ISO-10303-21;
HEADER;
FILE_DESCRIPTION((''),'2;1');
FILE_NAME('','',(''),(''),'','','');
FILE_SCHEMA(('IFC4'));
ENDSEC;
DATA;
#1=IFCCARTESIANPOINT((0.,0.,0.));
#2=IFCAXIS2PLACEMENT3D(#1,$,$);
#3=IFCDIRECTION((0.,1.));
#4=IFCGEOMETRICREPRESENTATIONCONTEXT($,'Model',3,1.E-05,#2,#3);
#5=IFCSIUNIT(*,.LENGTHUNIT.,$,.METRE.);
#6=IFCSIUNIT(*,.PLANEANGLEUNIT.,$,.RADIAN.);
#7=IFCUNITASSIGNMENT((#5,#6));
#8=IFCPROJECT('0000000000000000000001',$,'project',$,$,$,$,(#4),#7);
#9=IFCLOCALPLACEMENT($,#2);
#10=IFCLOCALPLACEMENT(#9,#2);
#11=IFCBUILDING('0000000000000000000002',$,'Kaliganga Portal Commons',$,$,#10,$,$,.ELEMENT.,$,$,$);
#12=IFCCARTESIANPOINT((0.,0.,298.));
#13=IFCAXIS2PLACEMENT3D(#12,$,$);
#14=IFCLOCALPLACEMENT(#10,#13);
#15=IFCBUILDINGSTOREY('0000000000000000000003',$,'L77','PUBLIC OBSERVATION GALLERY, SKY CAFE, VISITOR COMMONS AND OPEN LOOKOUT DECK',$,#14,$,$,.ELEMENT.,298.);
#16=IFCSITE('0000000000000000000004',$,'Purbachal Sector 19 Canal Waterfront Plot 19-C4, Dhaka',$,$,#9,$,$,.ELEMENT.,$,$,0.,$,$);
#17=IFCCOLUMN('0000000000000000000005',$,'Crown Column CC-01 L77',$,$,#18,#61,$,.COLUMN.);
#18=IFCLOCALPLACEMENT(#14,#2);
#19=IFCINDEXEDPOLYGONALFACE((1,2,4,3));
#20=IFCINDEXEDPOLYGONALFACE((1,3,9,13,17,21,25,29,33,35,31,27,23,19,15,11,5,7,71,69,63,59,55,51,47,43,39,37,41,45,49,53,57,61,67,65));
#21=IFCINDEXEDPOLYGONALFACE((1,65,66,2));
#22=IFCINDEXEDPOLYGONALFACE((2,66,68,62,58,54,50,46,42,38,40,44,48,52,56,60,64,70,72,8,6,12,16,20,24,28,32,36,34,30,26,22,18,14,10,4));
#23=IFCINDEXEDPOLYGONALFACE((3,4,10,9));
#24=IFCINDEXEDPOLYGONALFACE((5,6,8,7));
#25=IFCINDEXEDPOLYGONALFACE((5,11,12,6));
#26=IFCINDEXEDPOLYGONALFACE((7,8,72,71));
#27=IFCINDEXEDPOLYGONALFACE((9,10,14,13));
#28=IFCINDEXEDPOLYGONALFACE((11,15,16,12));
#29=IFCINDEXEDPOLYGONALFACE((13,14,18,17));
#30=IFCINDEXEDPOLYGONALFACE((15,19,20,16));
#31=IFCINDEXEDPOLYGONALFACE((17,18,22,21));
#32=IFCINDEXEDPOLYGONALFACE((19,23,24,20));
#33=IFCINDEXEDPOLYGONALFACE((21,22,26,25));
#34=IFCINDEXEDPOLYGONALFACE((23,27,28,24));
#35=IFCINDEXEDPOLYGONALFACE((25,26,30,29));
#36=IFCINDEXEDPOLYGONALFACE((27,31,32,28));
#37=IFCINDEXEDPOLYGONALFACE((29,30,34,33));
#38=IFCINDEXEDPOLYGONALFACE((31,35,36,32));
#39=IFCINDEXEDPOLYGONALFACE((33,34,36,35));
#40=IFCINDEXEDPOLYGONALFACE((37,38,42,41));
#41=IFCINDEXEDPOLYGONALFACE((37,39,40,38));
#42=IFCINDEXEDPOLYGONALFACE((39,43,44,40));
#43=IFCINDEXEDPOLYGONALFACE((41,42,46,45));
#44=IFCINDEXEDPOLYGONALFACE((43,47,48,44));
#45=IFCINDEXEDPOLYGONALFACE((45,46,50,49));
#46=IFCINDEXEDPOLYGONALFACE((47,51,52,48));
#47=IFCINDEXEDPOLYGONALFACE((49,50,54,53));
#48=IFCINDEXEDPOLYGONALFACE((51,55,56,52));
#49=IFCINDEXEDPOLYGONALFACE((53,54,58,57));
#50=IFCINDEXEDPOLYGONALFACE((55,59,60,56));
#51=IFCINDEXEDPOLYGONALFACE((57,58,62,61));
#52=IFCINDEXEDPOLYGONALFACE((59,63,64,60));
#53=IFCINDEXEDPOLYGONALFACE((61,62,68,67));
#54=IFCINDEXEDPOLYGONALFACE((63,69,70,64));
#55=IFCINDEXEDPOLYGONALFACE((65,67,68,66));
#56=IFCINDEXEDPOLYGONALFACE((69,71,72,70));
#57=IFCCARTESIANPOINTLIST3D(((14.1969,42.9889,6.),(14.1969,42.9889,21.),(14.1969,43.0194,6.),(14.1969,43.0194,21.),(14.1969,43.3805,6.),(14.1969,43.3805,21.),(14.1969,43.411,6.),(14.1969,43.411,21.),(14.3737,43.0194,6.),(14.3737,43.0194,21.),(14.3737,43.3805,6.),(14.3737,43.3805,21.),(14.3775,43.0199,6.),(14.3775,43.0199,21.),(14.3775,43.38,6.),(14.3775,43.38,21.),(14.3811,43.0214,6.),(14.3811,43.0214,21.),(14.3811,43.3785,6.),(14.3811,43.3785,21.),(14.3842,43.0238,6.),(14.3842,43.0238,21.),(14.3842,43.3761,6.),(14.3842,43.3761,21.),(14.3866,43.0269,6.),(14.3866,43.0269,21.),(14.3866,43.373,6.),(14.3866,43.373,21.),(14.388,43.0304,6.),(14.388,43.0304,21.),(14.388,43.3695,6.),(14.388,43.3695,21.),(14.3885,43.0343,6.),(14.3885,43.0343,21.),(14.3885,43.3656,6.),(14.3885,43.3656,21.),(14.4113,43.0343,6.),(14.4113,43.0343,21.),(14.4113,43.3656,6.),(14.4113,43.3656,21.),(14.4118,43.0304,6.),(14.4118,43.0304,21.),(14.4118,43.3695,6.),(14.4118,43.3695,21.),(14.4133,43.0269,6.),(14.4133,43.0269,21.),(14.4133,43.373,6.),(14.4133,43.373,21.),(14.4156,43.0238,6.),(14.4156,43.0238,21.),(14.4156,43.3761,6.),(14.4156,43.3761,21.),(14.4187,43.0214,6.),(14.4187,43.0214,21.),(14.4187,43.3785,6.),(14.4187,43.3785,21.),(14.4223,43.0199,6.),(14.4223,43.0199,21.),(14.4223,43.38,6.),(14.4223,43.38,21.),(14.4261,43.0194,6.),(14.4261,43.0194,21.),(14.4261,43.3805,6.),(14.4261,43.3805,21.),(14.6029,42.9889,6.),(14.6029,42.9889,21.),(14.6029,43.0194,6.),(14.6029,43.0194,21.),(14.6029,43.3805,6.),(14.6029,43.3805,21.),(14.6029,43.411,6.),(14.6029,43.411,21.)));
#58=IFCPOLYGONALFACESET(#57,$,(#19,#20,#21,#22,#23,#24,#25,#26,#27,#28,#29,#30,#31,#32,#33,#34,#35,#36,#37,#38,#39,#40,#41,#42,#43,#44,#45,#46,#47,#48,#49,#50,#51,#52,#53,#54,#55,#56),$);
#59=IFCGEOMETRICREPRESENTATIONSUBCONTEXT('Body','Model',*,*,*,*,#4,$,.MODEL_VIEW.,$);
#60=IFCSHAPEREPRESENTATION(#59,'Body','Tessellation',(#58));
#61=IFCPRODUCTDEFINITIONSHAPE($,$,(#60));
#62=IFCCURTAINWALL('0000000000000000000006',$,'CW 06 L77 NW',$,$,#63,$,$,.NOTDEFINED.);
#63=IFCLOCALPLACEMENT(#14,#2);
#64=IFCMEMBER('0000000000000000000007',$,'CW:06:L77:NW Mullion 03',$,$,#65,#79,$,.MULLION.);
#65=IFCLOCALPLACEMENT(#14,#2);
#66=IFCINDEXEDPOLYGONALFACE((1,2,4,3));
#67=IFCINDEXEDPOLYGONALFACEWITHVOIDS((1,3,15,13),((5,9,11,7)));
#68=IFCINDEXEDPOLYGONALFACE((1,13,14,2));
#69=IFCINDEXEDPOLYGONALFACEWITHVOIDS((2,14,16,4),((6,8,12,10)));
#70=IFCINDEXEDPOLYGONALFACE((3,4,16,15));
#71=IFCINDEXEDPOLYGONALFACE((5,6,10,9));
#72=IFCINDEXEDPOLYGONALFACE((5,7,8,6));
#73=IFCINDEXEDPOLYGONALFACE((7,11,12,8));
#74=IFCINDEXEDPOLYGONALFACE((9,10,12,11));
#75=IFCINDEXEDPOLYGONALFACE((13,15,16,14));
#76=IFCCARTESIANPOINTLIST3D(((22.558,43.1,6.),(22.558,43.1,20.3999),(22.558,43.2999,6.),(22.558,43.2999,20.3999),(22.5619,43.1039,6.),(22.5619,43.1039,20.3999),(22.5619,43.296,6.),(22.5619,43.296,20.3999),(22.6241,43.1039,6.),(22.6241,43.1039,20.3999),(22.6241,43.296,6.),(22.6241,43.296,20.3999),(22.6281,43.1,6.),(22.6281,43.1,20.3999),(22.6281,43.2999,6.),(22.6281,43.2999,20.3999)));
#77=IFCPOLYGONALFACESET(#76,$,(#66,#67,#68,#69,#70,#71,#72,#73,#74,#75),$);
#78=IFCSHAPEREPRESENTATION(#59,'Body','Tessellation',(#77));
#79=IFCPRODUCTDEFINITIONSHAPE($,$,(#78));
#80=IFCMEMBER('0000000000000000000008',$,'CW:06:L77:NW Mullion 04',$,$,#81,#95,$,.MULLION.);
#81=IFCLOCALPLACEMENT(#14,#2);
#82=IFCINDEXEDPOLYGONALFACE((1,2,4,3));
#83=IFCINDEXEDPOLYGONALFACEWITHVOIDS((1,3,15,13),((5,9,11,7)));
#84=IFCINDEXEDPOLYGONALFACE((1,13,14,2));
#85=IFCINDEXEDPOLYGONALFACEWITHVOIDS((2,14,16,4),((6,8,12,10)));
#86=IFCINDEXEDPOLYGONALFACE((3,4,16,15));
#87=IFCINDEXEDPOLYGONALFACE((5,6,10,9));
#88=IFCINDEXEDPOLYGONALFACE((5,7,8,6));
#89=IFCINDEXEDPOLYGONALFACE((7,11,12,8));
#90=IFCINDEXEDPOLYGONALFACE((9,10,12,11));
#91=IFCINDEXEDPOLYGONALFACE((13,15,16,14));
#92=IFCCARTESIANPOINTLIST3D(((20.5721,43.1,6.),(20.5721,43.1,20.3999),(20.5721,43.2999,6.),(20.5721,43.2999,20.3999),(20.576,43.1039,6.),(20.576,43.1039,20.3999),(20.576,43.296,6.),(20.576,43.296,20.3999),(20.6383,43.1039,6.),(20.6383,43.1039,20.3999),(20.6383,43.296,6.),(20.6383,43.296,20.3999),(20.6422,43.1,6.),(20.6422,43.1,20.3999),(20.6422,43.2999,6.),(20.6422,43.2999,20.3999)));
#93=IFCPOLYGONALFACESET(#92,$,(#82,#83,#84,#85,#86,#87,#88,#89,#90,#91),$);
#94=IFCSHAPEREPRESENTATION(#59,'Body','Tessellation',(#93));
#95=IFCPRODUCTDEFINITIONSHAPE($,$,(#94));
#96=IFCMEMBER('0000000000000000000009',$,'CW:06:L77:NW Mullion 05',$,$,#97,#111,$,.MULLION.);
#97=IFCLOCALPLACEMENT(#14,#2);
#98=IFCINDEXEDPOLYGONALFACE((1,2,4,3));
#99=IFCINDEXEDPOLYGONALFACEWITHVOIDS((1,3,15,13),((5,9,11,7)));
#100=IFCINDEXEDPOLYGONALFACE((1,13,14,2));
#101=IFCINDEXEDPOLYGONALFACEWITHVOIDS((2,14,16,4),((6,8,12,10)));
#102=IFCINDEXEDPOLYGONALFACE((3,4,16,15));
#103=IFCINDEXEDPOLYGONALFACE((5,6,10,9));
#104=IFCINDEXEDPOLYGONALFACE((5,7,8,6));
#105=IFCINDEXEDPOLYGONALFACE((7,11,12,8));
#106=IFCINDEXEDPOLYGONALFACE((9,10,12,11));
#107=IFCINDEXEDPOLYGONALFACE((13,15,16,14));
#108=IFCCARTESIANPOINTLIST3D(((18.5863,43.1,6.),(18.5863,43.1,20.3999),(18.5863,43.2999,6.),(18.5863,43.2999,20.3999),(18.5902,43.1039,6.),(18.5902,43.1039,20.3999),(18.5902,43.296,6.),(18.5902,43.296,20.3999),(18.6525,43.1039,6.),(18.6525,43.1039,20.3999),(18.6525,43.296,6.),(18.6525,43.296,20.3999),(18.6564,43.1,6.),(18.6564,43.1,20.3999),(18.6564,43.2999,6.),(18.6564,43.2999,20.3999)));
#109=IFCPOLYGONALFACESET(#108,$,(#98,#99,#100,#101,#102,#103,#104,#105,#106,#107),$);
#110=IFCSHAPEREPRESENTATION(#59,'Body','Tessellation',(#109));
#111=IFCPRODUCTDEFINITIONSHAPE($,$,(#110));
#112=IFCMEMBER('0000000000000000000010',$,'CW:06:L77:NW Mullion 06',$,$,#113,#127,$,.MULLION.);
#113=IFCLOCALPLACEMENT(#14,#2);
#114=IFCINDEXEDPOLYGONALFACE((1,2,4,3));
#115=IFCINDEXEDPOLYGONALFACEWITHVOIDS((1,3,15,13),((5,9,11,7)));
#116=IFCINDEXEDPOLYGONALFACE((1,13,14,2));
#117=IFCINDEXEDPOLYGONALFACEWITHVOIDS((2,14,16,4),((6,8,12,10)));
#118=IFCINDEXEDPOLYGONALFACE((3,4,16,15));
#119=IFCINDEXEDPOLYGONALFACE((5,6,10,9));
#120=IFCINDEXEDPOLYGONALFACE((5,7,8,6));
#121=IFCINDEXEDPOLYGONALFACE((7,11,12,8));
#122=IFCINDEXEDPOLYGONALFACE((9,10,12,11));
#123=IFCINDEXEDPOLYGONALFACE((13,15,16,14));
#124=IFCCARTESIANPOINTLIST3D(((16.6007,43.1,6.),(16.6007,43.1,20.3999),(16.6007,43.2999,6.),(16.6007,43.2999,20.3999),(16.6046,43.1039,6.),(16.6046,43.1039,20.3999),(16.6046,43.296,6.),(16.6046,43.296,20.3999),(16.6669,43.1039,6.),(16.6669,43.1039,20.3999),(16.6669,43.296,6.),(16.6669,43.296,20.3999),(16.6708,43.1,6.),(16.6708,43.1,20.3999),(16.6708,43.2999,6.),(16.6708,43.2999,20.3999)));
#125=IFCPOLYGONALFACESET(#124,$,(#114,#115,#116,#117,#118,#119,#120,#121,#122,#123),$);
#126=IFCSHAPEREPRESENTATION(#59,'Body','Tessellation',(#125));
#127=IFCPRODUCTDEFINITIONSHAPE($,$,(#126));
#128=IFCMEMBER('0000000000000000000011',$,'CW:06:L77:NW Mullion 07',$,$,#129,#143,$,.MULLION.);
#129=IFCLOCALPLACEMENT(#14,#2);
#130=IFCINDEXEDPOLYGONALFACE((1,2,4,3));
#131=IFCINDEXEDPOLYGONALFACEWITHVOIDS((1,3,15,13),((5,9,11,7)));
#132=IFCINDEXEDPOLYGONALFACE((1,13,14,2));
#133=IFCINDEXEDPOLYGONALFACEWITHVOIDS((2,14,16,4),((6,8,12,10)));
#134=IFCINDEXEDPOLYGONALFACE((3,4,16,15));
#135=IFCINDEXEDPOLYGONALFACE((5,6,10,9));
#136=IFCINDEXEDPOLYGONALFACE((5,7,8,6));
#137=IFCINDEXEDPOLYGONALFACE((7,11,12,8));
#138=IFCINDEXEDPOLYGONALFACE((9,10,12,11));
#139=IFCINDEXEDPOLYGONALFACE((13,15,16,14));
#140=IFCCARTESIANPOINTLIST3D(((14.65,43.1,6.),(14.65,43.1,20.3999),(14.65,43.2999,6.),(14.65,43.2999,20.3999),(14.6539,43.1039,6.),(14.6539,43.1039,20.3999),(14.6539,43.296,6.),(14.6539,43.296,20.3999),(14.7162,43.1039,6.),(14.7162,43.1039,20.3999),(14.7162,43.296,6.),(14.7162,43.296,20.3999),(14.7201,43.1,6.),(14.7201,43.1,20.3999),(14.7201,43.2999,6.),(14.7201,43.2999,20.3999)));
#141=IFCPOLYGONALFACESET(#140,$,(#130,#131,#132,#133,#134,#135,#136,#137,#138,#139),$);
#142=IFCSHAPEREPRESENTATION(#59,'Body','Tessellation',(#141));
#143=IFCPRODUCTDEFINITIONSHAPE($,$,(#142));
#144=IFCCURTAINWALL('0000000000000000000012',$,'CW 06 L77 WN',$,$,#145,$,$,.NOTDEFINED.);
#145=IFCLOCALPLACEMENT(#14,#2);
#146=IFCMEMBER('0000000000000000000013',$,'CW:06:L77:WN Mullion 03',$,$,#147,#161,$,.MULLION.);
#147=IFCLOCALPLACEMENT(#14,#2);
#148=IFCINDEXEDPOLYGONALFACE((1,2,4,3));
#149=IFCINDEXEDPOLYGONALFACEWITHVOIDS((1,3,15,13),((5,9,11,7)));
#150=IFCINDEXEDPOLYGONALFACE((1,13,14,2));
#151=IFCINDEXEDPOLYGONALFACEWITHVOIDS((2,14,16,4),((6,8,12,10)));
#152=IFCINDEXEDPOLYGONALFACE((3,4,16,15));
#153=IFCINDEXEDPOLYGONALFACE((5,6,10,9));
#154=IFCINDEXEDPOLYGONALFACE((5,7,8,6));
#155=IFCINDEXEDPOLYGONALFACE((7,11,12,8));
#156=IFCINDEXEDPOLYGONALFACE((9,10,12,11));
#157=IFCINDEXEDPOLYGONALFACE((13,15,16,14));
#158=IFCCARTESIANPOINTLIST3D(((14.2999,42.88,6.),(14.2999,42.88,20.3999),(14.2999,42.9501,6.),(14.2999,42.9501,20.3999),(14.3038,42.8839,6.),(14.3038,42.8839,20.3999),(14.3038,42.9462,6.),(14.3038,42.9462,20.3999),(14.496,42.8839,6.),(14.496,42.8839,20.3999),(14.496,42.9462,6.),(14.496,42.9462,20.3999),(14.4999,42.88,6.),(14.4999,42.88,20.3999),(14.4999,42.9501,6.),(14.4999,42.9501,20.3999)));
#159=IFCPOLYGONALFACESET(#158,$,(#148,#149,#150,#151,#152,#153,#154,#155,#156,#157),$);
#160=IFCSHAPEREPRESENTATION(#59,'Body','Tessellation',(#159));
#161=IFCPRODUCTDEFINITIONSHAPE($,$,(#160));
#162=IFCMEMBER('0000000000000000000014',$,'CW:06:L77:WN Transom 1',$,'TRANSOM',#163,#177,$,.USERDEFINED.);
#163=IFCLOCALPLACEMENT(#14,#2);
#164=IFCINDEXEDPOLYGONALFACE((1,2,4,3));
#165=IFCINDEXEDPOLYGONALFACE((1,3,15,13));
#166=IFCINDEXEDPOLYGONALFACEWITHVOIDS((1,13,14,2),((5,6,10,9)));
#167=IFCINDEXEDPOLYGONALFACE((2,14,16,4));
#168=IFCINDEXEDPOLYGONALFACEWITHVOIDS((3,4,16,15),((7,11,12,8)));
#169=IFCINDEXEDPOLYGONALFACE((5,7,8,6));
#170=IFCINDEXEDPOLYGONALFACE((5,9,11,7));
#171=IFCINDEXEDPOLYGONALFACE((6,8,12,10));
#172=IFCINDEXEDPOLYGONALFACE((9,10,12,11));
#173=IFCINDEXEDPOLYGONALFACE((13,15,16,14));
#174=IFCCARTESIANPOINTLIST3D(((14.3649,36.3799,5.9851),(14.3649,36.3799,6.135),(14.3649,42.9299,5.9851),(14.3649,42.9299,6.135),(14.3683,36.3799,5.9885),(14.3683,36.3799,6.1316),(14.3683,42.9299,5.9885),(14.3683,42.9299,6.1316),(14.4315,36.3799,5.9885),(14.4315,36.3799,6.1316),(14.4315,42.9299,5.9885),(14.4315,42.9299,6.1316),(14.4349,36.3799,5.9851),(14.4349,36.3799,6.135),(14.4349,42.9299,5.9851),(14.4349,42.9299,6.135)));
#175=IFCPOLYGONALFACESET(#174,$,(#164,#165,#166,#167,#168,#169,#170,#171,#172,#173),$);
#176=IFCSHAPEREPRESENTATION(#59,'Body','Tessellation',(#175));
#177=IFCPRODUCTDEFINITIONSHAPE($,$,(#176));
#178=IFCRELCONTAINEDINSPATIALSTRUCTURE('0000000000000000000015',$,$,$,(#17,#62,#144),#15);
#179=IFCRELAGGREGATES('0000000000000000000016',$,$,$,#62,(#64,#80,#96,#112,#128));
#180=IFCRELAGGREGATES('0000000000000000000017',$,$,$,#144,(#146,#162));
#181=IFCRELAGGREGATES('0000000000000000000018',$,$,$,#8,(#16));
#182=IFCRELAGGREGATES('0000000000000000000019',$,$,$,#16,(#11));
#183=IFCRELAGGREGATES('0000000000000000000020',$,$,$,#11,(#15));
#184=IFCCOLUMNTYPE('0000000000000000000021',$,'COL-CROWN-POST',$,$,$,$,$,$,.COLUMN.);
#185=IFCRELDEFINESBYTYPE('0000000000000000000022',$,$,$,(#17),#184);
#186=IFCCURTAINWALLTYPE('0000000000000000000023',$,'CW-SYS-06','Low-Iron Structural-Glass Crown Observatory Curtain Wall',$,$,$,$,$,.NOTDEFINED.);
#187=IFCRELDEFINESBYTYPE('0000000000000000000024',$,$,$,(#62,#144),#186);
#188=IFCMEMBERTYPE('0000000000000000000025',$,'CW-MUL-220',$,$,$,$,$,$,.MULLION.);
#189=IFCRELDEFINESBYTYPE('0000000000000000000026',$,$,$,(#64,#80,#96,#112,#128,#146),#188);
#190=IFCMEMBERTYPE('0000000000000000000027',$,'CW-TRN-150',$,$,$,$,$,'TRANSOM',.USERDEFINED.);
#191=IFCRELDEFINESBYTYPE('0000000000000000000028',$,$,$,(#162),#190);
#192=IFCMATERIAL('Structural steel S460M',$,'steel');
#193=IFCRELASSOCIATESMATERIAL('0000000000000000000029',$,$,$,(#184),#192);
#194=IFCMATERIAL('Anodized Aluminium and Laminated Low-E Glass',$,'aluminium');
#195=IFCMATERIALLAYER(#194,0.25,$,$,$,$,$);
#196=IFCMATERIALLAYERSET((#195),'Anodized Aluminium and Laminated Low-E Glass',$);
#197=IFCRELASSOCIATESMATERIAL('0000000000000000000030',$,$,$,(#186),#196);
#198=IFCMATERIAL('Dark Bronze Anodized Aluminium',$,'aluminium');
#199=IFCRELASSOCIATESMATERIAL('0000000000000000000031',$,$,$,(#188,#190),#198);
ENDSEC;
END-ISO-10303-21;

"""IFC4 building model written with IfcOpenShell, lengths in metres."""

from ifc_helpers import new_model, si_unit, direction, frame, origin, origin_2d, place, context, subcontext, project, spatial, hollow_rectangle, i_section, extrude, source, transform, mapped, material, layer, layer_set, material_profile, profile_set, type_object, element, aggregate, save


model = new_model("IFC4")

# Units and contexts
model_context = context("Model", 3, precision=1e-05, world=origin(), true_north=direction((0.0, 1.0)))
body_context = subcontext(model_context, "Body", "Model", "MODEL_VIEW")
ifc_project = project(units=[si_unit("LENGTHUNIT", "METRE"), si_unit("PLANEANGLEUNIT", "RADIAN")], contexts=[model_context])

# Site, building, storey
site_placement = place(None, origin())
site = spatial("IfcSite", under=ifc_project, at=site_placement, Name="Purbachal Sector 19 Canal Waterfront Plot 19-C4, Dhaka", CompositionType="ELEMENT", RefElevation=0.0)
building_placement = place(site_placement, origin())
building = spatial("IfcBuilding", under=site, at=building_placement, Name="Kaliganga Portal Commons", CompositionType="ELEMENT")
storey_placement = place(building_placement, frame((0.0, 0.0, 298.0)))
storey = spatial("IfcBuildingStorey", under=building, at=storey_placement, Name="L77", Description="PUBLIC OBSERVATION GALLERY, SKY CAFE, VISITOR COMMONS AND OPEN LOOKOUT DECK", CompositionType="ELEMENT", Elevation=298.0)

# Column
ifc_material_1 = material(Name="Structural steel S460M", Category="steel")
ifc_material_profile_1 = material_profile(ifc_material_1, i_section(OverallWidth=0.406, OverallDepth=0.4221, WebThickness=0.0227, FlangeThickness=0.0305, FilletRadius=0.0149, at=origin_2d()), Name="HD 400x382")
ifc_profile_set_1 = profile_set([ifc_material_profile_1], Name="Structural steel S460M wide-flange")
column_type = type_object("IfcColumnType", Name="COL-CROWN-POST", PredefinedType="COLUMN", material=ifc_profile_set_1)
shared_shape_1 = source(origin(), body_context, "Body", "SweptSolid", [
    extrude(i_section(OverallWidth=0.406, OverallDepth=0.4221, WebThickness=0.0227, FlangeThickness=0.0305, FilletRadius=0.0149, at=origin_2d()), origin(), (0.0, 0.0, 1.0), 15.0),
])
column_placement = place(storey_placement, frame((14.3999, 43.2, 6.0), z_axis=(0.0, 0.0, 1.0), x_axis=(1.0, 0.0, 0.0)))
element("IfcColumn", 1, at=column_placement, inside=storey, type_object=column_type, Name="Crown Column CC-01 L77", PredefinedType="COLUMN", context=body_context, shape_type="MappedRepresentation", body=[
    mapped(shared_shape_1, transform((0.0, 0.0, 0.0), x_axis=(1.0, 0.0, 0.0), y_axis=(0.0, 1.0, 0.0), z_axis=(0.0, 0.0, 1.0), scale=1.0)),
])

# Curtain walls, members
ifc_material_2 = material(Name="Anodized Aluminium and Laminated Low-E Glass", Category="aluminium")
ifc_layer_1 = layer(ifc_material_2, 0.25)
ifc_layer_set_1 = layer_set([ifc_layer_1], Name="Anodized Aluminium and Laminated Low-E Glass")
curtain_wall_type = type_object("IfcCurtainWallType", Name="CW-SYS-06", Description="Low-Iron Structural-Glass Crown Observatory Curtain Wall", PredefinedType="NOTDEFINED", material=ifc_layer_set_1)
curtain_wall_1_placement = place(storey_placement, origin())
curtain_wall_1 = element("IfcCurtainWall", 2, at=curtain_wall_1_placement, inside=storey, type_object=curtain_wall_type, Name="CW 06 L77 NW", PredefinedType="NOTDEFINED")
ifc_material_3 = material(Name="Dark Bronze Anodized Aluminium", Category="aluminium")
ifc_material_profile_2 = material_profile(ifc_material_3, hollow_rectangle(XDim=0.0701, YDim=0.2, WallThickness=0.0039, at=origin_2d()), Name="ALU MULL 70x200x4")
ifc_profile_set_2 = profile_set([ifc_material_profile_2], Name="Dark Bronze Anodized Aluminium")
member_type_1 = type_object("IfcMemberType", Name="CW-MUL-220", PredefinedType="MULLION", material=ifc_profile_set_2)
shared_shape_2 = source(origin(), body_context, "Body", "SweptSolid", [
    extrude(hollow_rectangle(XDim=0.0701, YDim=0.2, WallThickness=0.0039, at=origin_2d()), origin(), (0.0, 0.0, 1.0), 14.3999),
])
member_1_placement = place(storey_placement, frame((22.593, 43.2, 6.0), z_axis=(0.0, 0.0, 1.0), x_axis=(-1.0, 0.0, 0.0)))
member_1 = element("IfcMember", 3, at=member_1_placement, type_object=member_type_1, Name="CW:06:L77:NW Mullion 03", PredefinedType="MULLION", context=body_context, shape_type="MappedRepresentation", body=[
    mapped(shared_shape_2, transform((0.0, 0.0, 0.0), x_axis=(1.0, 0.0, 0.0), y_axis=(0.0, 1.0, 0.0), z_axis=(0.0, 0.0, 1.0), scale=1.0)),
])
member_2_placement = place(storey_placement, frame((20.6072, 43.2, 6.0), z_axis=(0.0, 0.0, 1.0), x_axis=(-1.0, 0.0, 0.0)))
member_2 = element("IfcMember", 4, at=member_2_placement, type_object=member_type_1, Name="CW:06:L77:NW Mullion 04", PredefinedType="MULLION", context=body_context, shape_type="MappedRepresentation", body=[
    mapped(shared_shape_2, transform((0.0, 0.0, 0.0), x_axis=(1.0, 0.0, 0.0), y_axis=(0.0, 1.0, 0.0), z_axis=(0.0, 0.0, 1.0), scale=1.0)),
])
member_3_placement = place(storey_placement, frame((18.6213, 43.2, 6.0), z_axis=(0.0, 0.0, 1.0), x_axis=(-1.0, 0.0, 0.0)))
member_3 = element("IfcMember", 5, at=member_3_placement, type_object=member_type_1, Name="CW:06:L77:NW Mullion 05", PredefinedType="MULLION", context=body_context, shape_type="MappedRepresentation", body=[
    mapped(shared_shape_2, transform((0.0, 0.0, 0.0), x_axis=(1.0, 0.0, 0.0), y_axis=(0.0, 1.0, 0.0), z_axis=(0.0, 0.0, 1.0), scale=1.0)),
])
member_4_placement = place(storey_placement, frame((16.6357, 43.2, 6.0), z_axis=(0.0, 0.0, 1.0), x_axis=(-1.0, 0.0, 0.0)))
member_4 = element("IfcMember", 6, at=member_4_placement, type_object=member_type_1, Name="CW:06:L77:NW Mullion 06", PredefinedType="MULLION", context=body_context, shape_type="MappedRepresentation", body=[
    mapped(shared_shape_2, transform((0.0, 0.0, 0.0), x_axis=(1.0, 0.0, 0.0), y_axis=(0.0, 1.0, 0.0), z_axis=(0.0, 0.0, 1.0), scale=1.0)),
])
member_5_placement = place(storey_placement, frame((14.6851, 43.2, 6.0), z_axis=(0.0, 0.0, 1.0), x_axis=(-1.0, 0.0, 0.0)))
member_5 = element("IfcMember", 7, at=member_5_placement, type_object=member_type_1, Name="CW:06:L77:NW Mullion 07", PredefinedType="MULLION", context=body_context, shape_type="MappedRepresentation", body=[
    mapped(shared_shape_2, transform((0.0, 0.0, 0.0), x_axis=(1.0, 0.0, 0.0), y_axis=(0.0, 1.0, 0.0), z_axis=(0.0, 0.0, 1.0), scale=1.0)),
])
curtain_wall_2_placement = place(storey_placement, origin())
curtain_wall_2 = element("IfcCurtainWall", 8, at=curtain_wall_2_placement, inside=storey, type_object=curtain_wall_type, Name="CW 06 L77 WN", PredefinedType="NOTDEFINED")
member_6_placement = place(storey_placement, frame((14.3999, 42.915, 6.0), z_axis=(0.0, 0.0, 1.0), x_axis=(0.0, 1.0, 0.0)))
member_6 = element("IfcMember", 9, at=member_6_placement, type_object=member_type_1, Name="CW:06:L77:WN Mullion 03", PredefinedType="MULLION", context=body_context, shape_type="MappedRepresentation", body=[
    mapped(shared_shape_2, transform((0.0, 0.0, 0.0), x_axis=(1.0, 0.0, 0.0), y_axis=(0.0, 1.0, 0.0), z_axis=(0.0, 0.0, 1.0), scale=1.0)),
])
ifc_material_profile_3 = material_profile(ifc_material_3, hollow_rectangle(XDim=0.0701, YDim=0.1499, WallThickness=0.0034, at=origin_2d()), Name="ALU TRAN 70x150x3.5")
ifc_profile_set_3 = profile_set([ifc_material_profile_3], Name="Dark Bronze Anodized Aluminium")
member_type_2 = type_object("IfcMemberType", Name="CW-TRN-150", ElementType="TRANSOM", PredefinedType="USERDEFINED", material=ifc_profile_set_3)
shared_shape_3 = source(origin(), body_context, "Body", "SweptSolid", [
    extrude(hollow_rectangle(XDim=0.0701, YDim=0.1499, WallThickness=0.0034, at=origin_2d()), origin(), (0.0, 0.0, 1.0), 6.55),
])
member_7_placement = place(storey_placement, frame((14.3999, 36.3799, 6.0601), z_axis=(0.0, 1.0, 0.0), x_axis=(-1.0, 0.0, 0.0)))
member_7 = element("IfcMember", 10, at=member_7_placement, type_object=member_type_2, Name="CW:06:L77:WN Transom 1", ObjectType="TRANSOM", PredefinedType="USERDEFINED", context=body_context, shape_type="MappedRepresentation", body=[
    mapped(shared_shape_3, transform((0.0, 0.0, 0.0), x_axis=(1.0, 0.0, 0.0), y_axis=(0.0, 1.0, 0.0), z_axis=(0.0, 0.0, 1.0), scale=1.0)),
])

aggregate(curtain_wall_1, [member_1, member_2, member_3, member_4, member_5])
aggregate(curtain_wall_2, [member_6, member_7])

save(model, "model.ifc")
